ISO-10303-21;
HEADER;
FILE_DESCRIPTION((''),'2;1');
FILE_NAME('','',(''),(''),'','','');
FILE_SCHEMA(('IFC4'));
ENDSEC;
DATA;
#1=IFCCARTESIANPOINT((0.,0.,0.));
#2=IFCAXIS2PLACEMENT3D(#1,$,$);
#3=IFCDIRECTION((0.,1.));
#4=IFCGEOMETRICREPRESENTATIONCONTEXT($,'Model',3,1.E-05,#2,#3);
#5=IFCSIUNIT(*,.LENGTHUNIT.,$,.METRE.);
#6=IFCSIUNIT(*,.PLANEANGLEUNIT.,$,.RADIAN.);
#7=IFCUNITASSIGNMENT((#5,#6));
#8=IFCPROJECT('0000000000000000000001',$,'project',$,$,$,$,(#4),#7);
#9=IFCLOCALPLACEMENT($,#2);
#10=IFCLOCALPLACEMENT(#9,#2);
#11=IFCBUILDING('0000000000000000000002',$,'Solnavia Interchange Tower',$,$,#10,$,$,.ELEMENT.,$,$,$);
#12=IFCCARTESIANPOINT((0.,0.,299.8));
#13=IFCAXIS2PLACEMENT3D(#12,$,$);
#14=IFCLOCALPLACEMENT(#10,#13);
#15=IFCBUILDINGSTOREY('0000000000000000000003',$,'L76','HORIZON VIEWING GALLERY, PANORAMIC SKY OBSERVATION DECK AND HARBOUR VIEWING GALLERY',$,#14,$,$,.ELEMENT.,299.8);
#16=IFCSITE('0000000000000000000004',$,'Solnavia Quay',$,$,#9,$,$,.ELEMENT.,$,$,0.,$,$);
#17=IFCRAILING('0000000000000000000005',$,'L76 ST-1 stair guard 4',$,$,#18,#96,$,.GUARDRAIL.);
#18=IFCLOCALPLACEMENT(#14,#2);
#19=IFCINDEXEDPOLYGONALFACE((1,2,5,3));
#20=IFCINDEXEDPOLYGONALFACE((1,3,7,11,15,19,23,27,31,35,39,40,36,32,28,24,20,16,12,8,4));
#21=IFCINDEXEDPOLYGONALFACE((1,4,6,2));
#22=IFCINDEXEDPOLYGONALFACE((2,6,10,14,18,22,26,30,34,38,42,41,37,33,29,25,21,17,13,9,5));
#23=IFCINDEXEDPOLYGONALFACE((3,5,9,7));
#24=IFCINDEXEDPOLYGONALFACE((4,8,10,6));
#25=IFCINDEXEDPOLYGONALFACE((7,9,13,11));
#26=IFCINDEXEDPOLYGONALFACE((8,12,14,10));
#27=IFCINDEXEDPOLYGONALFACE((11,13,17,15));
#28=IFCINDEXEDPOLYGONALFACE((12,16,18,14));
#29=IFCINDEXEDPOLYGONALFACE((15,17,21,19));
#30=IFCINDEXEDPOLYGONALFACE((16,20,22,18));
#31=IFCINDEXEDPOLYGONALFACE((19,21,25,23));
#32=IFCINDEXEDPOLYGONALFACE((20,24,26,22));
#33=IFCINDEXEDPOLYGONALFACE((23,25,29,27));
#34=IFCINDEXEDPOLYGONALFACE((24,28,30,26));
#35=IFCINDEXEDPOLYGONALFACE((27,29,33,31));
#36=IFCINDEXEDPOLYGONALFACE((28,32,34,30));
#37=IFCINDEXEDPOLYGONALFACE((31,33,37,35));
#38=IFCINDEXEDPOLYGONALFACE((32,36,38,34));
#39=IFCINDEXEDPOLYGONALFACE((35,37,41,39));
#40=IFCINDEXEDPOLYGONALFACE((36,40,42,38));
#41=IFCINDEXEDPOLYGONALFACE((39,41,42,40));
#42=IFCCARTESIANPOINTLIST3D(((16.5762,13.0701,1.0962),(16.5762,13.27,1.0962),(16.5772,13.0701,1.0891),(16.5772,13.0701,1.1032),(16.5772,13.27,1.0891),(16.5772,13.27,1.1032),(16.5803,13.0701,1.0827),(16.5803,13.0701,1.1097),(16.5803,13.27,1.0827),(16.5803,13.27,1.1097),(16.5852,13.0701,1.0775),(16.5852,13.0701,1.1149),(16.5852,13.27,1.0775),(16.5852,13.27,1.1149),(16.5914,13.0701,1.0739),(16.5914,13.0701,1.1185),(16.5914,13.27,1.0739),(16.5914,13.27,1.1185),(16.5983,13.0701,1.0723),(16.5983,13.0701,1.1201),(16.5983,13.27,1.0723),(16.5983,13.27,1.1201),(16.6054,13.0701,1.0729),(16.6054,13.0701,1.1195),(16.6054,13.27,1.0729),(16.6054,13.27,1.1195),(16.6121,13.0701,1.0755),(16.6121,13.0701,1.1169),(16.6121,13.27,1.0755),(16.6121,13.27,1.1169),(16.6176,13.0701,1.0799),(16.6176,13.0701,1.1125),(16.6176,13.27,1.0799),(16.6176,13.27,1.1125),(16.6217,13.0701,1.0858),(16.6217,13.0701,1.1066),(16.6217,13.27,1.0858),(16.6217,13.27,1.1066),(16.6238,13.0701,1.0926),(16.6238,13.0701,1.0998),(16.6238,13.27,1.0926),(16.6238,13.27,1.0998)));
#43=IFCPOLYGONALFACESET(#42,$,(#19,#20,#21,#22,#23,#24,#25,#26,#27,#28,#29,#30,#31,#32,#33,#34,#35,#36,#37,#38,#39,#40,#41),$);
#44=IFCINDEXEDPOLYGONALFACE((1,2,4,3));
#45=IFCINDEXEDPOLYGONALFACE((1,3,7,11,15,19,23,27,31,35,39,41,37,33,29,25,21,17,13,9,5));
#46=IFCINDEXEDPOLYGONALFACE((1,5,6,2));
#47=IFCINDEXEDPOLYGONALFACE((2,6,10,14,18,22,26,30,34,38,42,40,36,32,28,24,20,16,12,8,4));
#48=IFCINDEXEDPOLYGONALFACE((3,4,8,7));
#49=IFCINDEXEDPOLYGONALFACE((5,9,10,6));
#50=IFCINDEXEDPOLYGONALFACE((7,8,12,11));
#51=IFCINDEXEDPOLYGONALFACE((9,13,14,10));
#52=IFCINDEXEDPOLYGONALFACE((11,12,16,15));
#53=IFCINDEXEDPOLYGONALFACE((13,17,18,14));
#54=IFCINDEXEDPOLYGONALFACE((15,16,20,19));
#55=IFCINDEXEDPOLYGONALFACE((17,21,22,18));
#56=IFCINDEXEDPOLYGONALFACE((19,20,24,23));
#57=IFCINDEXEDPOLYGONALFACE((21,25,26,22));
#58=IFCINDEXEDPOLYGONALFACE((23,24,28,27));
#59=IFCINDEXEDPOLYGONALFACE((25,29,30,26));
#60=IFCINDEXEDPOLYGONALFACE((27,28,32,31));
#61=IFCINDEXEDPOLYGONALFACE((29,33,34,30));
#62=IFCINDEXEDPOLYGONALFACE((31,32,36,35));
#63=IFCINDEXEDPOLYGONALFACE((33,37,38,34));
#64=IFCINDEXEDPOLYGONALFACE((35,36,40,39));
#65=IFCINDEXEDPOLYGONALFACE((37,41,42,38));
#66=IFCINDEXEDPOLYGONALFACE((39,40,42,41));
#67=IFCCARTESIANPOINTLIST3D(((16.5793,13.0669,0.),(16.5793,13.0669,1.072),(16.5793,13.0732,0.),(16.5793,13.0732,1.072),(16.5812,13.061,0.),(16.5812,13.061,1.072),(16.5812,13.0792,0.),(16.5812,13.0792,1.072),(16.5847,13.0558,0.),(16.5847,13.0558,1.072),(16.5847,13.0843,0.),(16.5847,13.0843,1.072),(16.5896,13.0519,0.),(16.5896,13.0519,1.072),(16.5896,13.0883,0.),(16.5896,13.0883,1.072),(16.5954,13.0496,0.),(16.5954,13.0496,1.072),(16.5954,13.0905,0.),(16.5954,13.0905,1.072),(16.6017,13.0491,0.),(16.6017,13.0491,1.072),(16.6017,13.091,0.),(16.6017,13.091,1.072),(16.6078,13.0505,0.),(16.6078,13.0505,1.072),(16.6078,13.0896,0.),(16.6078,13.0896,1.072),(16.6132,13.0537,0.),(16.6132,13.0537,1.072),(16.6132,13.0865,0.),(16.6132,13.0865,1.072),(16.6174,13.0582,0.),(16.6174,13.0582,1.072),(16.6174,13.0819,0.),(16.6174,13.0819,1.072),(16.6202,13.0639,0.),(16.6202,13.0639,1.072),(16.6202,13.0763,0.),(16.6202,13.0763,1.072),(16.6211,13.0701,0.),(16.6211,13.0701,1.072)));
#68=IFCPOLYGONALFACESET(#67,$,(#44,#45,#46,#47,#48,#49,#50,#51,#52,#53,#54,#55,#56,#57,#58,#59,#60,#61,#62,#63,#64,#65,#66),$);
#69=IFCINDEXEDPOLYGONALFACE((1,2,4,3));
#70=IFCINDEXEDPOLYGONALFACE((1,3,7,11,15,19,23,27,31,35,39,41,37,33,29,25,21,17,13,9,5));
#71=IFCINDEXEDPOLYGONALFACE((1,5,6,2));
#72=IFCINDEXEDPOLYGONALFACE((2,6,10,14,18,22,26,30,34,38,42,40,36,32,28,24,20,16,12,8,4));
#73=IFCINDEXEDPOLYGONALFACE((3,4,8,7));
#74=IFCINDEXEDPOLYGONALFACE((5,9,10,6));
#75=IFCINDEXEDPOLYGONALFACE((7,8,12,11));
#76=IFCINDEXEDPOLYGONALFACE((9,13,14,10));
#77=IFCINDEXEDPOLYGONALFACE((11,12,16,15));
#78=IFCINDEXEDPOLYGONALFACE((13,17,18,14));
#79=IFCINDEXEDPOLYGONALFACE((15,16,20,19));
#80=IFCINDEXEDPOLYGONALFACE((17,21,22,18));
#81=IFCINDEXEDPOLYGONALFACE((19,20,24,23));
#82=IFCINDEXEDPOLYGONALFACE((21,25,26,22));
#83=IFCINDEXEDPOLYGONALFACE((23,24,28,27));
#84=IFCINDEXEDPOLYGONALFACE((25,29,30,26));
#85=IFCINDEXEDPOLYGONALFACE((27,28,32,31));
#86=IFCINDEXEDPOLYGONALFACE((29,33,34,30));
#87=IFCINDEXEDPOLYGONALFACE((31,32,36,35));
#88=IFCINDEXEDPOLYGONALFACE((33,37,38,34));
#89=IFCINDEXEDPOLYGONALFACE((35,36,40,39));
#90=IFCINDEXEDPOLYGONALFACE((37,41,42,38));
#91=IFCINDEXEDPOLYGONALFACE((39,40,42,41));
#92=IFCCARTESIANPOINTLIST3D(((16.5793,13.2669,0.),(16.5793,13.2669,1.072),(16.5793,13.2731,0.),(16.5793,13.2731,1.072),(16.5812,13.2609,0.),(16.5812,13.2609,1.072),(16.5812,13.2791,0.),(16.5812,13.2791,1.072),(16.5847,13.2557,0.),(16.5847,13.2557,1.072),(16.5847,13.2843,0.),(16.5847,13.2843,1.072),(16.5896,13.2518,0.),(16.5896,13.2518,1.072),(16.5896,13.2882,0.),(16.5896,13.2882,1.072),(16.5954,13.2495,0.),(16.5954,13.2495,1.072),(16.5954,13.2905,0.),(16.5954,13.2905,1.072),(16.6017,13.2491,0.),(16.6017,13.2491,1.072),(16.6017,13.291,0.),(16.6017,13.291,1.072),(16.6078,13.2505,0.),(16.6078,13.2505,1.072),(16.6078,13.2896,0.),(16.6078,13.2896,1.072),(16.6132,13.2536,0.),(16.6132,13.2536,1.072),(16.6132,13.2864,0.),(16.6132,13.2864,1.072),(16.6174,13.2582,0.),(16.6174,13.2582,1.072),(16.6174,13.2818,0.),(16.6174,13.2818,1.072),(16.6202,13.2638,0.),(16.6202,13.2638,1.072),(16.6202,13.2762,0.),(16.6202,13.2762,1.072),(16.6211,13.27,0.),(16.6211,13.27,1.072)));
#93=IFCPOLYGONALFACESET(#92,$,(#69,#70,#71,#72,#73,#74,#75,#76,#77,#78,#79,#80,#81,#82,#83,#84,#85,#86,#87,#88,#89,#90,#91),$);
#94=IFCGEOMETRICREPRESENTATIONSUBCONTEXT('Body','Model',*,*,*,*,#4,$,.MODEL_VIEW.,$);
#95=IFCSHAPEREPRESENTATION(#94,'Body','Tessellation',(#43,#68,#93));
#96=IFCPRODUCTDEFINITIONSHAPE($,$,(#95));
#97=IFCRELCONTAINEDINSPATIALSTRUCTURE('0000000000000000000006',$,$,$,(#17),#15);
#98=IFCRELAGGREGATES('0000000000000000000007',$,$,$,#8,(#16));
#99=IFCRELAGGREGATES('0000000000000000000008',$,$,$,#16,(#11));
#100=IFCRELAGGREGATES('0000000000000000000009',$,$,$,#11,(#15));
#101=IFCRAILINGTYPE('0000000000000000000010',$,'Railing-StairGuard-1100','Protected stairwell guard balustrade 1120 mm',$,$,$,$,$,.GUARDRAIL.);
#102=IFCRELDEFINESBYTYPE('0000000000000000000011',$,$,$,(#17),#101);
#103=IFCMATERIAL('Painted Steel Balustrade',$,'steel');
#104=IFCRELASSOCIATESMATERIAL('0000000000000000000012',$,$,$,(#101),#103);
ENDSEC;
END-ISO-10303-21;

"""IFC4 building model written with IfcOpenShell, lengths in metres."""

from ifc_helpers import new_model, si_unit, direction, frame, origin, origin_2d, place, context, subcontext, project, spatial, circle, extrude, material, type_object, element, save


model = new_model("IFC4")

# Units and contexts
model_context = context("Model", 3, precision=1e-05, world=origin(), true_north=direction((0.0, 1.0)))
body_context = subcontext(model_context, "Body", "Model", "MODEL_VIEW")
ifc_project = project(units=[si_unit("LENGTHUNIT", "METRE"), si_unit("PLANEANGLEUNIT", "RADIAN")], contexts=[model_context])

# Site, building, storey
site_placement = place(None, origin())
site = spatial("IfcSite", under=ifc_project, at=site_placement, Name="Solnavia Quay", CompositionType="ELEMENT", RefElevation=0.0)
building_placement = place(site_placement, origin())
building = spatial("IfcBuilding", under=site, at=building_placement, Name="Solnavia Interchange Tower", CompositionType="ELEMENT")
storey_placement = place(building_placement, frame((0.0, 0.0, 299.8)))
storey = spatial("IfcBuildingStorey", under=building, at=storey_placement, Name="L76", Description="HORIZON VIEWING GALLERY, PANORAMIC SKY OBSERVATION DECK AND HARBOUR VIEWING GALLERY", CompositionType="ELEMENT", Elevation=299.8)

# Railing
ifc_material_1 = material(Name="Painted Steel Balustrade", Category="steel")
railing_type_1 = type_object("IfcRailingType", Name="Railing-StairGuard-1100", Description="Protected stairwell guard balustrade 1120 mm", PredefinedType="GUARDRAIL", material=ifc_material_1)
railing_1_placement = place(storey_placement, frame((16.6001, 13.0701, 0.0)))
element("IfcRailing", 1, at=railing_1_placement, inside=storey, type_object=railing_type_1, Name="L76 ST-1 stair guard 4", PredefinedType="GUARDRAIL", context=body_context, shape_type="SweptSolid", body=[
    extrude(circle(Radius=0.0239, at=origin_2d()), frame((0.0, 0.0, 1.0962), z_axis=(0.0, 1.0, 0.0), x_axis=(-1.0, 0.0, 0.0)), (0.0, 0.0, 1.0), 0.2),
    extrude(circle(Radius=0.021, at=origin_2d()), origin(), (0.0, 0.0, 1.0), 1.072),
    extrude(circle(Radius=0.021, at=origin_2d()), frame((0.0, 0.2, 0.0)), (0.0, 0.0, 1.0), 1.072),
])

save(model, "model.ifc")
